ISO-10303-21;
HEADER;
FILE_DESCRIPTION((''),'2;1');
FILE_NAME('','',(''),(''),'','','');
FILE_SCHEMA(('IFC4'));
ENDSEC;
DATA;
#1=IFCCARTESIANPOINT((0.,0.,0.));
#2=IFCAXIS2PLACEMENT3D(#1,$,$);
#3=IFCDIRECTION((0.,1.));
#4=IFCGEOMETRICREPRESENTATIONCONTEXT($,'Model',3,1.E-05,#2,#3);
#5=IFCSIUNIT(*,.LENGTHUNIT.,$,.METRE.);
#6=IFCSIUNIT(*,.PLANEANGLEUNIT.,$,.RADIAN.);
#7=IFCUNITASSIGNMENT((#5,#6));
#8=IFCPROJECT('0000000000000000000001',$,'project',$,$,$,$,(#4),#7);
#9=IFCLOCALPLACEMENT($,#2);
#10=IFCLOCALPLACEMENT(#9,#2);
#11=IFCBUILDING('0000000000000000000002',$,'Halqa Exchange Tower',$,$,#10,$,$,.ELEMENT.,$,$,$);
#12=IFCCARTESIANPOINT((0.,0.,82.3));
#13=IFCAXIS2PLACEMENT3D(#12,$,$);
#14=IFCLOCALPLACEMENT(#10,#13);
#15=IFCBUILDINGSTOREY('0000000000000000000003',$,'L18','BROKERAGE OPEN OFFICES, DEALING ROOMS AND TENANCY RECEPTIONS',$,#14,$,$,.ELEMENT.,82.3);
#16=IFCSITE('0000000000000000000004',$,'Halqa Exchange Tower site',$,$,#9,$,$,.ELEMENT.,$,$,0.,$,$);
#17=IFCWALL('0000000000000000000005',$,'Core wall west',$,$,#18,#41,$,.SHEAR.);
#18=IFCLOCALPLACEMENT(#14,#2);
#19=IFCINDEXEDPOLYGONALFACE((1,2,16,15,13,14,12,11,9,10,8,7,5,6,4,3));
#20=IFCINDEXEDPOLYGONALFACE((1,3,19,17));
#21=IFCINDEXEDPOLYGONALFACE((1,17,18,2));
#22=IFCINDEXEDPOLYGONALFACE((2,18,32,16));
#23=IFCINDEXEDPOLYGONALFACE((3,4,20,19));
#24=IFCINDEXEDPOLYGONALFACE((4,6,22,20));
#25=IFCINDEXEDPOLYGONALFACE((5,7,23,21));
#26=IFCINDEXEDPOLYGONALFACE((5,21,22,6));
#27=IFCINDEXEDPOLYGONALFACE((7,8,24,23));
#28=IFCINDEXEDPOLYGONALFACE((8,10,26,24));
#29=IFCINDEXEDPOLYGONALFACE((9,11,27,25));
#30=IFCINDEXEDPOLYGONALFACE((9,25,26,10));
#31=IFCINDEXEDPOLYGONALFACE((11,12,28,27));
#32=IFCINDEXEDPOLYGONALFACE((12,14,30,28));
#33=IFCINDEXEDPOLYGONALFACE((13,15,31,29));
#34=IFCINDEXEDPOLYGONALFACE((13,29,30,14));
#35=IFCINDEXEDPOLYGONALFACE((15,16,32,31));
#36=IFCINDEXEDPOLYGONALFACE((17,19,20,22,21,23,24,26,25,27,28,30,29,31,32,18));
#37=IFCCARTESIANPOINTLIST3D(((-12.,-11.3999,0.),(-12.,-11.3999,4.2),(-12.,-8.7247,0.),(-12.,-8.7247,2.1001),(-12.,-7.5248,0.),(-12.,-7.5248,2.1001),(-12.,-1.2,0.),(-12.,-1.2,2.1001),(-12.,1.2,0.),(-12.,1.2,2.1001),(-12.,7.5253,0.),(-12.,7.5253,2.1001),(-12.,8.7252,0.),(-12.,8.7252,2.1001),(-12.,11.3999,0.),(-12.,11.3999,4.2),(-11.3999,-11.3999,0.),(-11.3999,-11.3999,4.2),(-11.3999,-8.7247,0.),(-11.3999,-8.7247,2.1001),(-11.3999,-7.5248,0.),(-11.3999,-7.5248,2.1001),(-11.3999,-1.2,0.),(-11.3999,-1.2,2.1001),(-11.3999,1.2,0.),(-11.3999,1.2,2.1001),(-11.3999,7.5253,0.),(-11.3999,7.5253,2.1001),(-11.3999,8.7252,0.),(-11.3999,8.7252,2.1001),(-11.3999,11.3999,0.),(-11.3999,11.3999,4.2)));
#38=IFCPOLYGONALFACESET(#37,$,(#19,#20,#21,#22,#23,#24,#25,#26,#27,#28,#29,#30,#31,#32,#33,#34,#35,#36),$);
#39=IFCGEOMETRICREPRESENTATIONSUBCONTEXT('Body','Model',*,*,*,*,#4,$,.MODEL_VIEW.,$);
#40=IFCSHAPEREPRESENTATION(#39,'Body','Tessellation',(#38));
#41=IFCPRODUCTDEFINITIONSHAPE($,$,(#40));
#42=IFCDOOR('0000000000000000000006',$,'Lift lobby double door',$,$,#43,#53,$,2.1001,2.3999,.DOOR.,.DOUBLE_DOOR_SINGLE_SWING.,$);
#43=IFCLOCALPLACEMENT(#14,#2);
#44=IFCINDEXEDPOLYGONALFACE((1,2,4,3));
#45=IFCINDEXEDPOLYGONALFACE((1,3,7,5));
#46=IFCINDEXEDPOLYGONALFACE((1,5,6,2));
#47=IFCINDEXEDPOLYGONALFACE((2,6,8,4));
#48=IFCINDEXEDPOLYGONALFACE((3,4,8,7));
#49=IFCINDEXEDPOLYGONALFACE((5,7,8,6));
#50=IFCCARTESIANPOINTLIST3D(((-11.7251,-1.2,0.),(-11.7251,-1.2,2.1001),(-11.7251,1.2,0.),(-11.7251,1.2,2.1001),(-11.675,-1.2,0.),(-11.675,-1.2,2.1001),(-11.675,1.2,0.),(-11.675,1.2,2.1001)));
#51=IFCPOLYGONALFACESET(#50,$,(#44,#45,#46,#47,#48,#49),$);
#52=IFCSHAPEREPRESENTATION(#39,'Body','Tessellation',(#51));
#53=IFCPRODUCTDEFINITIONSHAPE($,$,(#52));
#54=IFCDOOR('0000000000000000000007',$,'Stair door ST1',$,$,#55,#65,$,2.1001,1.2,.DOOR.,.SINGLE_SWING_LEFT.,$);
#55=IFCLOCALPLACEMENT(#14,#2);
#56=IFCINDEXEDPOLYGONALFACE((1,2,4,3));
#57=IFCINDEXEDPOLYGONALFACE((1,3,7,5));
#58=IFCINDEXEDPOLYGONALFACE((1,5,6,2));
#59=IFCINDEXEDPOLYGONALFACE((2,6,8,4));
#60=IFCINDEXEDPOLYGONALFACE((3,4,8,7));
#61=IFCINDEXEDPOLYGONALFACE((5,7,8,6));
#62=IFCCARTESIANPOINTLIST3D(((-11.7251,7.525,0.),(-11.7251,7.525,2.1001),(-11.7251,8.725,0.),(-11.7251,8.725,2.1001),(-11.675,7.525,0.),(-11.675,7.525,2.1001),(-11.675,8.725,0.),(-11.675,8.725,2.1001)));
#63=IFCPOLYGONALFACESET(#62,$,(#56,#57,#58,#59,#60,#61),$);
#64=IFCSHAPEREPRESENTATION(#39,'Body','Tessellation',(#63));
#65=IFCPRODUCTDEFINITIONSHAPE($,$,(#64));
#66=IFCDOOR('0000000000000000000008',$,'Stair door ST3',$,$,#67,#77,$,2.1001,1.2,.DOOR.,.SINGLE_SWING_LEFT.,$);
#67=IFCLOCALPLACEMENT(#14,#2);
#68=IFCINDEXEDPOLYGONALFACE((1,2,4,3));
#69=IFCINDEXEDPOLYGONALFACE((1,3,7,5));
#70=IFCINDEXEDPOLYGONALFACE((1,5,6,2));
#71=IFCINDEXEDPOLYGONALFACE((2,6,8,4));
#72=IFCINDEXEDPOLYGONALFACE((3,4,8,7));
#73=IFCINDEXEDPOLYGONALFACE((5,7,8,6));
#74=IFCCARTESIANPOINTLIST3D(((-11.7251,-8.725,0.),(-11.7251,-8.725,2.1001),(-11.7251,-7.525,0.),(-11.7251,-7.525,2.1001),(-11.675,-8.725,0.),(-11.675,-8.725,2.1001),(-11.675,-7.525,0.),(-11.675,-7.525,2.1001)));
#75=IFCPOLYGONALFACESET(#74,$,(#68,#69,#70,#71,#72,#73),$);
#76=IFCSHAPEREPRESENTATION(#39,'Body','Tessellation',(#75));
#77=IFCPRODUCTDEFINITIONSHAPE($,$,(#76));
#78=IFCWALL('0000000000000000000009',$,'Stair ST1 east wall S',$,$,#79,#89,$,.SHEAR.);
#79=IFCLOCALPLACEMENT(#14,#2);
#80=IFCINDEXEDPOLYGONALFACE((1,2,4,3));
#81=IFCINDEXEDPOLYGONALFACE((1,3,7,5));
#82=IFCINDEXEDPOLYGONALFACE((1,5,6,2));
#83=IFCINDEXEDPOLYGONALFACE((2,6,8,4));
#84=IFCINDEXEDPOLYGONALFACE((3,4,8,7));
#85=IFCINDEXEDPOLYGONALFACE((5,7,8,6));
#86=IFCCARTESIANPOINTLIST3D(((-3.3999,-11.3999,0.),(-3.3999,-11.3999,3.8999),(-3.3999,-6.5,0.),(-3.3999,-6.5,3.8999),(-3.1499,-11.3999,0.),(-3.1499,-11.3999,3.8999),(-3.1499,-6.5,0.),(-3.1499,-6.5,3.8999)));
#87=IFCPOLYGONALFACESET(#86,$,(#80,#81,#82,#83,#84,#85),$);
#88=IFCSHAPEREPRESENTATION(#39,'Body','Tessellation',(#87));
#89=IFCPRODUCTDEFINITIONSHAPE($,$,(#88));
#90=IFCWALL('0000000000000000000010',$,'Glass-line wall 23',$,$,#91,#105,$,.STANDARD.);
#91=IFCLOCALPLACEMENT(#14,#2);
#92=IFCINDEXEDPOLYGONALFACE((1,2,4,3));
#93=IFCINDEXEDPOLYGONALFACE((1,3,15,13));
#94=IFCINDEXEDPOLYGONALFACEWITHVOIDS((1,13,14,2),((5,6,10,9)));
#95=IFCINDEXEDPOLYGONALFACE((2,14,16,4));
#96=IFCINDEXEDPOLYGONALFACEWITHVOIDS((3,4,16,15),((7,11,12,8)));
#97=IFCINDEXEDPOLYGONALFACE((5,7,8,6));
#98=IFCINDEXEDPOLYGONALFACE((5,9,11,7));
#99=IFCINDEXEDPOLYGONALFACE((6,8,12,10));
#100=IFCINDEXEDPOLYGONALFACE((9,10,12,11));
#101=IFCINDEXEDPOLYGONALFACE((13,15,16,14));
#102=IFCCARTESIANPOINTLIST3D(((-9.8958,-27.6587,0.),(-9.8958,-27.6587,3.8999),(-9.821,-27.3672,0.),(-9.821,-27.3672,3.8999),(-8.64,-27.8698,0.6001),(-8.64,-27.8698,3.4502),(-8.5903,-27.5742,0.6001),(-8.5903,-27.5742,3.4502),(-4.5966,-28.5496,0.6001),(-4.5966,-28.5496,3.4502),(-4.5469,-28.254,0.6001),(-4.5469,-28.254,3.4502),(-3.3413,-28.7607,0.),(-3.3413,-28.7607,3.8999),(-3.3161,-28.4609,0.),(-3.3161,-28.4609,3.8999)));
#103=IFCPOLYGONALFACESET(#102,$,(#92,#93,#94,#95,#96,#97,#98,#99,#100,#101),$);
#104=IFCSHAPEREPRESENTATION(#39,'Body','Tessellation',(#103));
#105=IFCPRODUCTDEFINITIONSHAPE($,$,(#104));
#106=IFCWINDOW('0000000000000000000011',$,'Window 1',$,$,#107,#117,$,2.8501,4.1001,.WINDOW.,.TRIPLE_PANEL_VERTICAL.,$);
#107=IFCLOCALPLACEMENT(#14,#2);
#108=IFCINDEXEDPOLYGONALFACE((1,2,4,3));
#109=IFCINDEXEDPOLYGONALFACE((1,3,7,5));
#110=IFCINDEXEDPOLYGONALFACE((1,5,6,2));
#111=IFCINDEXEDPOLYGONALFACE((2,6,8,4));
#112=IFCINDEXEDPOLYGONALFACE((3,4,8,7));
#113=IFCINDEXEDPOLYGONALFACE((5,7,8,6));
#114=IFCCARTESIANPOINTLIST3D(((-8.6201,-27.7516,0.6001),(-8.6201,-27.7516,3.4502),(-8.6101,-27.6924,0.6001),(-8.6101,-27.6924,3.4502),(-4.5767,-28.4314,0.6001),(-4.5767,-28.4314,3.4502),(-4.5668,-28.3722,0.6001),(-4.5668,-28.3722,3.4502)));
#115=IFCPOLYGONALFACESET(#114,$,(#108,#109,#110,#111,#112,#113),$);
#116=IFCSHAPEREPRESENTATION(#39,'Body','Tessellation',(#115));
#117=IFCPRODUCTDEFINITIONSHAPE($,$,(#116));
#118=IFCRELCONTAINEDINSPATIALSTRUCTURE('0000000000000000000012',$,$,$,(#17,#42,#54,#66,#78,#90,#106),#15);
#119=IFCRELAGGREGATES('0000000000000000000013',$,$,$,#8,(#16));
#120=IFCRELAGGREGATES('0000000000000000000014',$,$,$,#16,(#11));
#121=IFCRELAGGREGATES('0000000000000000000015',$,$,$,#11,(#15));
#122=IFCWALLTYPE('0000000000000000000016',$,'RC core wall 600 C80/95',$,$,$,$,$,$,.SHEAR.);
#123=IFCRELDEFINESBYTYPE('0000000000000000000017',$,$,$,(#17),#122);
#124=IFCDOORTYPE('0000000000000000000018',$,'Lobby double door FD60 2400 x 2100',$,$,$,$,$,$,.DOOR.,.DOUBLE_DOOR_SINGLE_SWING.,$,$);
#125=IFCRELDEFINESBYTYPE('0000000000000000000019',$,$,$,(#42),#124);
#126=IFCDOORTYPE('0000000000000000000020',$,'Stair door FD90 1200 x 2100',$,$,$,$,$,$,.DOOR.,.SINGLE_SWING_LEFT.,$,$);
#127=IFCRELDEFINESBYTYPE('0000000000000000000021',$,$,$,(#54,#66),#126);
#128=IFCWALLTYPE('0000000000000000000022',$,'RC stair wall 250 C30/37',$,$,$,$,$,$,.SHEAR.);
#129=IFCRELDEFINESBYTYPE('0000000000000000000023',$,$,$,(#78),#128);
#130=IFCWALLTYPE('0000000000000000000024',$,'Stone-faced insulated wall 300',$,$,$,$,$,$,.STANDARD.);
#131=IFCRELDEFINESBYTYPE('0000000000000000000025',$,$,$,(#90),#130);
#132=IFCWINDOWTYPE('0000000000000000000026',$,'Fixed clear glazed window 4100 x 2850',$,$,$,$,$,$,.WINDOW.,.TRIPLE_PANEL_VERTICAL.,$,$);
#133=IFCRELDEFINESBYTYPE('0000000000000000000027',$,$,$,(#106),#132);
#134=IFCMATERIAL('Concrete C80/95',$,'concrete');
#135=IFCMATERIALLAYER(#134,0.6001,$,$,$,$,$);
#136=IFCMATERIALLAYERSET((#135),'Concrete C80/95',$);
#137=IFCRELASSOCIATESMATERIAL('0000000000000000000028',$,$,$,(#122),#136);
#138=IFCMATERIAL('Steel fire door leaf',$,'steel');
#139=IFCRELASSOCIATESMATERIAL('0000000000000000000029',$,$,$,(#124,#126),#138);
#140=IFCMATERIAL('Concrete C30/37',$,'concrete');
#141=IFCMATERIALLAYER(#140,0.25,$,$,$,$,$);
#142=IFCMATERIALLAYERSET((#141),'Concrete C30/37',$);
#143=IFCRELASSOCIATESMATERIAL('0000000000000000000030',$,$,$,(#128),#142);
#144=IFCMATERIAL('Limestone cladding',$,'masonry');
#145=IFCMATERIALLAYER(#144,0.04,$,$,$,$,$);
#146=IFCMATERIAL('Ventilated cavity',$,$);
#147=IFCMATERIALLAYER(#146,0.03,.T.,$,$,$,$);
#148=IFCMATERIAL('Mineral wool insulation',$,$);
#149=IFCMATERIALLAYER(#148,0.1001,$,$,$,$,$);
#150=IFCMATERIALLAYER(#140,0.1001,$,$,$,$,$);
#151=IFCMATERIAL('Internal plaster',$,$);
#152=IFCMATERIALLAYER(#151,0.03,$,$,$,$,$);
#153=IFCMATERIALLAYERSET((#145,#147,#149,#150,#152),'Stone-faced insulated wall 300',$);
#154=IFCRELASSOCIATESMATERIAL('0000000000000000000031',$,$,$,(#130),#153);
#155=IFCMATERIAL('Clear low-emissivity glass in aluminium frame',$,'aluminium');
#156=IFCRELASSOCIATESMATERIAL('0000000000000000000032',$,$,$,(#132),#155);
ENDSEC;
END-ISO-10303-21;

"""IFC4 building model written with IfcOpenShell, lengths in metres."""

from ifc_helpers import new_model, si_unit, direction, frame, frame_2d, origin, place, context, subcontext, project, spatial, polyline, rectangle, outline, extrude, material, layer, layer_set, type_object, element, fill, save


model = new_model("IFC4")

# Units and contexts
model_context = context("Model", 3, precision=1e-05, world=origin(), true_north=direction((0.0, 1.0)))
body_context = subcontext(model_context, "Body", "Model", "MODEL_VIEW")
ifc_project = project(units=[si_unit("LENGTHUNIT", "METRE"), si_unit("PLANEANGLEUNIT", "RADIAN")], contexts=[model_context])

# Site, building, storey
site_placement = place(None, origin())
site = spatial("IfcSite", under=ifc_project, at=site_placement, Name="Halqa Exchange Tower site", CompositionType="ELEMENT", RefElevation=0.0)
building_placement = place(site_placement, origin())
building = spatial("IfcBuilding", under=site, at=building_placement, Name="Halqa Exchange Tower", CompositionType="ELEMENT")
storey_placement = place(building_placement, frame((0.0, 0.0, 82.3)))
storey = spatial("IfcBuildingStorey", under=building, at=storey_placement, Name="L18", Description="BROKERAGE OPEN OFFICES, DEALING ROOMS AND TENANCY RECEPTIONS", CompositionType="ELEMENT", Elevation=82.3)

# Wall, openings, doors
ifc_material_1 = material(Name="Concrete C80/95", Category="concrete")
ifc_layer_1 = layer(ifc_material_1, 0.6001)
ifc_layer_set_1 = layer_set([ifc_layer_1], Name="Concrete C80/95")
wall_type_1 = type_object("IfcWallType", Name="RC core wall 600 C80/95", PredefinedType="SHEAR", material=ifc_layer_set_1)
wall_1_placement = place(storey_placement, frame((-11.7, -11.3999, 0.0), z_axis=(0.0, 0.0, 1.0), x_axis=(0.0, 1.0, 0.0)))
wall_1 = element("IfcWall", 1, at=wall_1_placement, inside=storey, type_object=wall_type_1, Name="Core wall west", PredefinedType="SHEAR", context=body_context, shape_type="SweptSolid", body=[
    extrude(rectangle(XDim=22.7998, YDim=0.6001, at=frame_2d((11.3999, 0.0))), origin(), (0.0, 0.0, 1.0), 4.2),
])
opening_1_placement = place(wall_1_placement, frame((10.2, 0.0, 0.0)))
opening_1 = element("IfcOpeningElement", 2, at=opening_1_placement, cuts=wall_1, PredefinedType="OPENING", context=body_context, shape_type="SweptSolid", body=[
    extrude(rectangle(XDim=2.3999, YDim=2.1001, at=frame_2d((1.2, 1.05))), frame((0.0, 0.312, 0.0), z_axis=(0.0, -1.0, 0.0), x_axis=(1.0, 0.0, 0.0)), (0.0, 0.0, 1.0), 0.624),
])
opening_2_placement = place(wall_1_placement, frame((18.925, 0.0, 0.0)))
opening_2 = element("IfcOpeningElement", 3, at=opening_2_placement, cuts=wall_1, PredefinedType="OPENING", context=body_context, shape_type="SweptSolid", body=[
    extrude(rectangle(XDim=1.2, YDim=2.1001, at=frame_2d((0.6001, 1.05))), frame((0.0, 0.312, 0.0), z_axis=(0.0, -1.0, 0.0), x_axis=(1.0, 0.0, 0.0)), (0.0, 0.0, 1.0), 0.624),
])
opening_3_placement = place(wall_1_placement, frame((2.675, 0.0, 0.0)))
opening_3 = element("IfcOpeningElement", 4, at=opening_3_placement, cuts=wall_1, PredefinedType="OPENING", context=body_context, shape_type="SweptSolid", body=[
    extrude(rectangle(XDim=1.2, YDim=2.1001, at=frame_2d((0.6001, 1.05))), frame((0.0, 0.312, 0.0), z_axis=(0.0, -1.0, 0.0), x_axis=(1.0, 0.0, 0.0)), (0.0, 0.0, 1.0), 0.624),
])
ifc_material_2 = material(Name="Steel fire door leaf", Category="steel")
door_type_1 = type_object("IfcDoorType", Name="Lobby double door FD60 2400 x 2100", OperationType="DOUBLE_DOOR_SINGLE_SWING", PredefinedType="DOOR", material=ifc_material_2)
door_1_placement = place(opening_1_placement, frame((2.3999, 0.0, 0.0), z_axis=(0.0, 0.0, 1.0), x_axis=(-1.0, 0.0, 0.0)))
door_1 = element("IfcDoor", 5, at=door_1_placement, inside=storey, type_object=door_type_1, Name="Lift lobby double door", OperationType="DOUBLE_DOOR_SINGLE_SWING", OverallHeight=2.1001, OverallWidth=2.3999, PredefinedType="DOOR", context=body_context, shape_type="SweptSolid", body=[
    extrude(rectangle(XDim=2.3999, YDim=2.1001, at=frame_2d((1.2, 1.05))), frame((0.0, 0.0249, 0.0), z_axis=(0.0, -1.0, 0.0), x_axis=(1.0, 0.0, 0.0)), (0.0, 0.0, 1.0), 0.05),
])
fill(opening_1, door_1)
door_type_2 = type_object("IfcDoorType", Name="Stair door FD90 1200 x 2100", OperationType="SINGLE_SWING_LEFT", PredefinedType="DOOR", material=ifc_material_2)
door_2_placement = place(opening_2_placement, frame((1.2, 0.0, 0.0), z_axis=(0.0, 0.0, 1.0), x_axis=(-1.0, 0.0, 0.0)))
door_2 = element("IfcDoor", 6, at=door_2_placement, inside=storey, type_object=door_type_2, Name="Stair door ST1", OperationType="SINGLE_SWING_LEFT", OverallHeight=2.1001, OverallWidth=1.2, PredefinedType="DOOR", context=body_context, shape_type="SweptSolid", body=[
    extrude(rectangle(XDim=1.2, YDim=2.1001, at=frame_2d((0.6001, 1.05))), frame((0.0, 0.0249, 0.0), z_axis=(0.0, -1.0, 0.0), x_axis=(1.0, 0.0, 0.0)), (0.0, 0.0, 1.0), 0.05),
])
fill(opening_2, door_2)
door_3_placement = place(opening_3_placement, frame((1.2, 0.0, 0.0), z_axis=(0.0, 0.0, 1.0), x_axis=(-1.0, 0.0, 0.0)))
door_3 = element("IfcDoor", 7, at=door_3_placement, inside=storey, type_object=door_type_2, Name="Stair door ST3", OperationType="SINGLE_SWING_LEFT", OverallHeight=2.1001, OverallWidth=1.2, PredefinedType="DOOR", context=body_context, shape_type="SweptSolid", body=[
    extrude(rectangle(XDim=1.2, YDim=2.1001, at=frame_2d((0.6001, 1.05))), frame((0.0, 0.0249, 0.0), z_axis=(0.0, -1.0, 0.0), x_axis=(1.0, 0.0, 0.0)), (0.0, 0.0, 1.0), 0.05),
])
fill(opening_3, door_3)

# Wall
ifc_material_3 = material(Name="Concrete C30/37", Category="concrete")
ifc_layer_2 = layer(ifc_material_3, 0.25)
ifc_layer_set_2 = layer_set([ifc_layer_2], Name="Concrete C30/37")
wall_type_2 = type_object("IfcWallType", Name="RC stair wall 250 C30/37", PredefinedType="SHEAR", material=ifc_layer_set_2)
wall_2_placement = place(storey_placement, frame((-3.2749, -11.3999, 0.0), z_axis=(0.0, 0.0, 1.0), x_axis=(0.0, 1.0, 0.0)))
element("IfcWall", 8, at=wall_2_placement, inside=storey, type_object=wall_type_2, Name="Stair ST1 east wall S", PredefinedType="SHEAR", context=body_context, shape_type="SweptSolid", body=[
    extrude(rectangle(XDim=4.8999, YDim=0.25, at=frame_2d((2.45, 0.0))), origin(), (0.0, 0.0, 1.0), 3.8999),
])

# Wall, opening, window
ifc_material_4 = material(Name="Limestone cladding", Category="masonry")
ifc_layer_3 = layer(ifc_material_4, 0.04)
ifc_material_5 = material(Name="Ventilated cavity")
ifc_layer_4 = layer(ifc_material_5, 0.03, ventilated=True)
ifc_material_6 = material(Name="Mineral wool insulation")
ifc_layer_5 = layer(ifc_material_6, 0.1001)
ifc_layer_6 = layer(ifc_material_3, 0.1001)
ifc_material_7 = material(Name="Internal plaster")
ifc_layer_7 = layer(ifc_material_7, 0.03)
ifc_layer_set_3 = layer_set([ifc_layer_3, ifc_layer_4, ifc_layer_5, ifc_layer_6, ifc_layer_7], Name="Stone-faced insulated wall 300")
wall_type_3 = type_object("IfcWallType", Name="Stone-faced insulated wall 300", PredefinedType="STANDARD", material=ifc_layer_set_3)
wall_3_placement = place(storey_placement, frame((-9.8584, -27.5129, 0.0), z_axis=(0.0, 0.0, 1.0), x_axis=(0.986158, -0.16581, 0.0)))
wall_3 = element("IfcWall", 9, at=wall_3_placement, inside=storey, type_object=wall_type_3, Name="Glass-line wall 23", PredefinedType="STANDARD", context=body_context, shape_type="SweptSolid", body=[
    extrude(outline(polyline([(-0.0127, -0.1499), (6.6338, -0.1499), (6.6089, 0.1499), (0.0127, 0.1499), (-0.0127, -0.1499)])), origin(), (0.0, 0.0, 1.0), 3.8999),
])
opening_4_placement = place(wall_3_placement, frame((1.2607, 0.0, 0.6001)))
opening_4 = element("IfcOpeningElement", 10, at=opening_4_placement, cuts=wall_3, PredefinedType="OPENING", context=body_context, shape_type="SweptSolid", body=[
    extrude(rectangle(XDim=4.1001, YDim=2.8501, at=frame_2d((2.05, 1.425))), frame((0.0, 0.1621, 0.0), z_axis=(0.0, -1.0, 0.0), x_axis=(1.0, 0.0, 0.0)), (0.0, 0.0, 1.0), 0.324),
])
ifc_material_8 = material(Name="Clear low-emissivity glass in aluminium frame", Category="aluminium")
window_type = type_object("IfcWindowType", Name="Fixed clear glazed window 4100 x 2850", PartitioningType="TRIPLE_PANEL_VERTICAL", PredefinedType="WINDOW", material=ifc_material_8)
window_placement = place(opening_4_placement, origin())
window = element("IfcWindow", 11, at=window_placement, inside=storey, type_object=window_type, Name="Window 1", OverallHeight=2.8501, OverallWidth=4.1001, PartitioningType="TRIPLE_PANEL_VERTICAL", PredefinedType="WINDOW", context=body_context, shape_type="SweptSolid", body=[
    extrude(rectangle(XDim=4.1001, YDim=2.8501, at=frame_2d((2.05, 1.425))), frame((0.0, 0.03, 0.0), z_axis=(0.0, -1.0, 0.0), x_axis=(1.0, 0.0, 0.0)), (0.0, 0.0, 1.0), 0.0601),
])
fill(opening_4, window)

save(model, "model.ifc")
